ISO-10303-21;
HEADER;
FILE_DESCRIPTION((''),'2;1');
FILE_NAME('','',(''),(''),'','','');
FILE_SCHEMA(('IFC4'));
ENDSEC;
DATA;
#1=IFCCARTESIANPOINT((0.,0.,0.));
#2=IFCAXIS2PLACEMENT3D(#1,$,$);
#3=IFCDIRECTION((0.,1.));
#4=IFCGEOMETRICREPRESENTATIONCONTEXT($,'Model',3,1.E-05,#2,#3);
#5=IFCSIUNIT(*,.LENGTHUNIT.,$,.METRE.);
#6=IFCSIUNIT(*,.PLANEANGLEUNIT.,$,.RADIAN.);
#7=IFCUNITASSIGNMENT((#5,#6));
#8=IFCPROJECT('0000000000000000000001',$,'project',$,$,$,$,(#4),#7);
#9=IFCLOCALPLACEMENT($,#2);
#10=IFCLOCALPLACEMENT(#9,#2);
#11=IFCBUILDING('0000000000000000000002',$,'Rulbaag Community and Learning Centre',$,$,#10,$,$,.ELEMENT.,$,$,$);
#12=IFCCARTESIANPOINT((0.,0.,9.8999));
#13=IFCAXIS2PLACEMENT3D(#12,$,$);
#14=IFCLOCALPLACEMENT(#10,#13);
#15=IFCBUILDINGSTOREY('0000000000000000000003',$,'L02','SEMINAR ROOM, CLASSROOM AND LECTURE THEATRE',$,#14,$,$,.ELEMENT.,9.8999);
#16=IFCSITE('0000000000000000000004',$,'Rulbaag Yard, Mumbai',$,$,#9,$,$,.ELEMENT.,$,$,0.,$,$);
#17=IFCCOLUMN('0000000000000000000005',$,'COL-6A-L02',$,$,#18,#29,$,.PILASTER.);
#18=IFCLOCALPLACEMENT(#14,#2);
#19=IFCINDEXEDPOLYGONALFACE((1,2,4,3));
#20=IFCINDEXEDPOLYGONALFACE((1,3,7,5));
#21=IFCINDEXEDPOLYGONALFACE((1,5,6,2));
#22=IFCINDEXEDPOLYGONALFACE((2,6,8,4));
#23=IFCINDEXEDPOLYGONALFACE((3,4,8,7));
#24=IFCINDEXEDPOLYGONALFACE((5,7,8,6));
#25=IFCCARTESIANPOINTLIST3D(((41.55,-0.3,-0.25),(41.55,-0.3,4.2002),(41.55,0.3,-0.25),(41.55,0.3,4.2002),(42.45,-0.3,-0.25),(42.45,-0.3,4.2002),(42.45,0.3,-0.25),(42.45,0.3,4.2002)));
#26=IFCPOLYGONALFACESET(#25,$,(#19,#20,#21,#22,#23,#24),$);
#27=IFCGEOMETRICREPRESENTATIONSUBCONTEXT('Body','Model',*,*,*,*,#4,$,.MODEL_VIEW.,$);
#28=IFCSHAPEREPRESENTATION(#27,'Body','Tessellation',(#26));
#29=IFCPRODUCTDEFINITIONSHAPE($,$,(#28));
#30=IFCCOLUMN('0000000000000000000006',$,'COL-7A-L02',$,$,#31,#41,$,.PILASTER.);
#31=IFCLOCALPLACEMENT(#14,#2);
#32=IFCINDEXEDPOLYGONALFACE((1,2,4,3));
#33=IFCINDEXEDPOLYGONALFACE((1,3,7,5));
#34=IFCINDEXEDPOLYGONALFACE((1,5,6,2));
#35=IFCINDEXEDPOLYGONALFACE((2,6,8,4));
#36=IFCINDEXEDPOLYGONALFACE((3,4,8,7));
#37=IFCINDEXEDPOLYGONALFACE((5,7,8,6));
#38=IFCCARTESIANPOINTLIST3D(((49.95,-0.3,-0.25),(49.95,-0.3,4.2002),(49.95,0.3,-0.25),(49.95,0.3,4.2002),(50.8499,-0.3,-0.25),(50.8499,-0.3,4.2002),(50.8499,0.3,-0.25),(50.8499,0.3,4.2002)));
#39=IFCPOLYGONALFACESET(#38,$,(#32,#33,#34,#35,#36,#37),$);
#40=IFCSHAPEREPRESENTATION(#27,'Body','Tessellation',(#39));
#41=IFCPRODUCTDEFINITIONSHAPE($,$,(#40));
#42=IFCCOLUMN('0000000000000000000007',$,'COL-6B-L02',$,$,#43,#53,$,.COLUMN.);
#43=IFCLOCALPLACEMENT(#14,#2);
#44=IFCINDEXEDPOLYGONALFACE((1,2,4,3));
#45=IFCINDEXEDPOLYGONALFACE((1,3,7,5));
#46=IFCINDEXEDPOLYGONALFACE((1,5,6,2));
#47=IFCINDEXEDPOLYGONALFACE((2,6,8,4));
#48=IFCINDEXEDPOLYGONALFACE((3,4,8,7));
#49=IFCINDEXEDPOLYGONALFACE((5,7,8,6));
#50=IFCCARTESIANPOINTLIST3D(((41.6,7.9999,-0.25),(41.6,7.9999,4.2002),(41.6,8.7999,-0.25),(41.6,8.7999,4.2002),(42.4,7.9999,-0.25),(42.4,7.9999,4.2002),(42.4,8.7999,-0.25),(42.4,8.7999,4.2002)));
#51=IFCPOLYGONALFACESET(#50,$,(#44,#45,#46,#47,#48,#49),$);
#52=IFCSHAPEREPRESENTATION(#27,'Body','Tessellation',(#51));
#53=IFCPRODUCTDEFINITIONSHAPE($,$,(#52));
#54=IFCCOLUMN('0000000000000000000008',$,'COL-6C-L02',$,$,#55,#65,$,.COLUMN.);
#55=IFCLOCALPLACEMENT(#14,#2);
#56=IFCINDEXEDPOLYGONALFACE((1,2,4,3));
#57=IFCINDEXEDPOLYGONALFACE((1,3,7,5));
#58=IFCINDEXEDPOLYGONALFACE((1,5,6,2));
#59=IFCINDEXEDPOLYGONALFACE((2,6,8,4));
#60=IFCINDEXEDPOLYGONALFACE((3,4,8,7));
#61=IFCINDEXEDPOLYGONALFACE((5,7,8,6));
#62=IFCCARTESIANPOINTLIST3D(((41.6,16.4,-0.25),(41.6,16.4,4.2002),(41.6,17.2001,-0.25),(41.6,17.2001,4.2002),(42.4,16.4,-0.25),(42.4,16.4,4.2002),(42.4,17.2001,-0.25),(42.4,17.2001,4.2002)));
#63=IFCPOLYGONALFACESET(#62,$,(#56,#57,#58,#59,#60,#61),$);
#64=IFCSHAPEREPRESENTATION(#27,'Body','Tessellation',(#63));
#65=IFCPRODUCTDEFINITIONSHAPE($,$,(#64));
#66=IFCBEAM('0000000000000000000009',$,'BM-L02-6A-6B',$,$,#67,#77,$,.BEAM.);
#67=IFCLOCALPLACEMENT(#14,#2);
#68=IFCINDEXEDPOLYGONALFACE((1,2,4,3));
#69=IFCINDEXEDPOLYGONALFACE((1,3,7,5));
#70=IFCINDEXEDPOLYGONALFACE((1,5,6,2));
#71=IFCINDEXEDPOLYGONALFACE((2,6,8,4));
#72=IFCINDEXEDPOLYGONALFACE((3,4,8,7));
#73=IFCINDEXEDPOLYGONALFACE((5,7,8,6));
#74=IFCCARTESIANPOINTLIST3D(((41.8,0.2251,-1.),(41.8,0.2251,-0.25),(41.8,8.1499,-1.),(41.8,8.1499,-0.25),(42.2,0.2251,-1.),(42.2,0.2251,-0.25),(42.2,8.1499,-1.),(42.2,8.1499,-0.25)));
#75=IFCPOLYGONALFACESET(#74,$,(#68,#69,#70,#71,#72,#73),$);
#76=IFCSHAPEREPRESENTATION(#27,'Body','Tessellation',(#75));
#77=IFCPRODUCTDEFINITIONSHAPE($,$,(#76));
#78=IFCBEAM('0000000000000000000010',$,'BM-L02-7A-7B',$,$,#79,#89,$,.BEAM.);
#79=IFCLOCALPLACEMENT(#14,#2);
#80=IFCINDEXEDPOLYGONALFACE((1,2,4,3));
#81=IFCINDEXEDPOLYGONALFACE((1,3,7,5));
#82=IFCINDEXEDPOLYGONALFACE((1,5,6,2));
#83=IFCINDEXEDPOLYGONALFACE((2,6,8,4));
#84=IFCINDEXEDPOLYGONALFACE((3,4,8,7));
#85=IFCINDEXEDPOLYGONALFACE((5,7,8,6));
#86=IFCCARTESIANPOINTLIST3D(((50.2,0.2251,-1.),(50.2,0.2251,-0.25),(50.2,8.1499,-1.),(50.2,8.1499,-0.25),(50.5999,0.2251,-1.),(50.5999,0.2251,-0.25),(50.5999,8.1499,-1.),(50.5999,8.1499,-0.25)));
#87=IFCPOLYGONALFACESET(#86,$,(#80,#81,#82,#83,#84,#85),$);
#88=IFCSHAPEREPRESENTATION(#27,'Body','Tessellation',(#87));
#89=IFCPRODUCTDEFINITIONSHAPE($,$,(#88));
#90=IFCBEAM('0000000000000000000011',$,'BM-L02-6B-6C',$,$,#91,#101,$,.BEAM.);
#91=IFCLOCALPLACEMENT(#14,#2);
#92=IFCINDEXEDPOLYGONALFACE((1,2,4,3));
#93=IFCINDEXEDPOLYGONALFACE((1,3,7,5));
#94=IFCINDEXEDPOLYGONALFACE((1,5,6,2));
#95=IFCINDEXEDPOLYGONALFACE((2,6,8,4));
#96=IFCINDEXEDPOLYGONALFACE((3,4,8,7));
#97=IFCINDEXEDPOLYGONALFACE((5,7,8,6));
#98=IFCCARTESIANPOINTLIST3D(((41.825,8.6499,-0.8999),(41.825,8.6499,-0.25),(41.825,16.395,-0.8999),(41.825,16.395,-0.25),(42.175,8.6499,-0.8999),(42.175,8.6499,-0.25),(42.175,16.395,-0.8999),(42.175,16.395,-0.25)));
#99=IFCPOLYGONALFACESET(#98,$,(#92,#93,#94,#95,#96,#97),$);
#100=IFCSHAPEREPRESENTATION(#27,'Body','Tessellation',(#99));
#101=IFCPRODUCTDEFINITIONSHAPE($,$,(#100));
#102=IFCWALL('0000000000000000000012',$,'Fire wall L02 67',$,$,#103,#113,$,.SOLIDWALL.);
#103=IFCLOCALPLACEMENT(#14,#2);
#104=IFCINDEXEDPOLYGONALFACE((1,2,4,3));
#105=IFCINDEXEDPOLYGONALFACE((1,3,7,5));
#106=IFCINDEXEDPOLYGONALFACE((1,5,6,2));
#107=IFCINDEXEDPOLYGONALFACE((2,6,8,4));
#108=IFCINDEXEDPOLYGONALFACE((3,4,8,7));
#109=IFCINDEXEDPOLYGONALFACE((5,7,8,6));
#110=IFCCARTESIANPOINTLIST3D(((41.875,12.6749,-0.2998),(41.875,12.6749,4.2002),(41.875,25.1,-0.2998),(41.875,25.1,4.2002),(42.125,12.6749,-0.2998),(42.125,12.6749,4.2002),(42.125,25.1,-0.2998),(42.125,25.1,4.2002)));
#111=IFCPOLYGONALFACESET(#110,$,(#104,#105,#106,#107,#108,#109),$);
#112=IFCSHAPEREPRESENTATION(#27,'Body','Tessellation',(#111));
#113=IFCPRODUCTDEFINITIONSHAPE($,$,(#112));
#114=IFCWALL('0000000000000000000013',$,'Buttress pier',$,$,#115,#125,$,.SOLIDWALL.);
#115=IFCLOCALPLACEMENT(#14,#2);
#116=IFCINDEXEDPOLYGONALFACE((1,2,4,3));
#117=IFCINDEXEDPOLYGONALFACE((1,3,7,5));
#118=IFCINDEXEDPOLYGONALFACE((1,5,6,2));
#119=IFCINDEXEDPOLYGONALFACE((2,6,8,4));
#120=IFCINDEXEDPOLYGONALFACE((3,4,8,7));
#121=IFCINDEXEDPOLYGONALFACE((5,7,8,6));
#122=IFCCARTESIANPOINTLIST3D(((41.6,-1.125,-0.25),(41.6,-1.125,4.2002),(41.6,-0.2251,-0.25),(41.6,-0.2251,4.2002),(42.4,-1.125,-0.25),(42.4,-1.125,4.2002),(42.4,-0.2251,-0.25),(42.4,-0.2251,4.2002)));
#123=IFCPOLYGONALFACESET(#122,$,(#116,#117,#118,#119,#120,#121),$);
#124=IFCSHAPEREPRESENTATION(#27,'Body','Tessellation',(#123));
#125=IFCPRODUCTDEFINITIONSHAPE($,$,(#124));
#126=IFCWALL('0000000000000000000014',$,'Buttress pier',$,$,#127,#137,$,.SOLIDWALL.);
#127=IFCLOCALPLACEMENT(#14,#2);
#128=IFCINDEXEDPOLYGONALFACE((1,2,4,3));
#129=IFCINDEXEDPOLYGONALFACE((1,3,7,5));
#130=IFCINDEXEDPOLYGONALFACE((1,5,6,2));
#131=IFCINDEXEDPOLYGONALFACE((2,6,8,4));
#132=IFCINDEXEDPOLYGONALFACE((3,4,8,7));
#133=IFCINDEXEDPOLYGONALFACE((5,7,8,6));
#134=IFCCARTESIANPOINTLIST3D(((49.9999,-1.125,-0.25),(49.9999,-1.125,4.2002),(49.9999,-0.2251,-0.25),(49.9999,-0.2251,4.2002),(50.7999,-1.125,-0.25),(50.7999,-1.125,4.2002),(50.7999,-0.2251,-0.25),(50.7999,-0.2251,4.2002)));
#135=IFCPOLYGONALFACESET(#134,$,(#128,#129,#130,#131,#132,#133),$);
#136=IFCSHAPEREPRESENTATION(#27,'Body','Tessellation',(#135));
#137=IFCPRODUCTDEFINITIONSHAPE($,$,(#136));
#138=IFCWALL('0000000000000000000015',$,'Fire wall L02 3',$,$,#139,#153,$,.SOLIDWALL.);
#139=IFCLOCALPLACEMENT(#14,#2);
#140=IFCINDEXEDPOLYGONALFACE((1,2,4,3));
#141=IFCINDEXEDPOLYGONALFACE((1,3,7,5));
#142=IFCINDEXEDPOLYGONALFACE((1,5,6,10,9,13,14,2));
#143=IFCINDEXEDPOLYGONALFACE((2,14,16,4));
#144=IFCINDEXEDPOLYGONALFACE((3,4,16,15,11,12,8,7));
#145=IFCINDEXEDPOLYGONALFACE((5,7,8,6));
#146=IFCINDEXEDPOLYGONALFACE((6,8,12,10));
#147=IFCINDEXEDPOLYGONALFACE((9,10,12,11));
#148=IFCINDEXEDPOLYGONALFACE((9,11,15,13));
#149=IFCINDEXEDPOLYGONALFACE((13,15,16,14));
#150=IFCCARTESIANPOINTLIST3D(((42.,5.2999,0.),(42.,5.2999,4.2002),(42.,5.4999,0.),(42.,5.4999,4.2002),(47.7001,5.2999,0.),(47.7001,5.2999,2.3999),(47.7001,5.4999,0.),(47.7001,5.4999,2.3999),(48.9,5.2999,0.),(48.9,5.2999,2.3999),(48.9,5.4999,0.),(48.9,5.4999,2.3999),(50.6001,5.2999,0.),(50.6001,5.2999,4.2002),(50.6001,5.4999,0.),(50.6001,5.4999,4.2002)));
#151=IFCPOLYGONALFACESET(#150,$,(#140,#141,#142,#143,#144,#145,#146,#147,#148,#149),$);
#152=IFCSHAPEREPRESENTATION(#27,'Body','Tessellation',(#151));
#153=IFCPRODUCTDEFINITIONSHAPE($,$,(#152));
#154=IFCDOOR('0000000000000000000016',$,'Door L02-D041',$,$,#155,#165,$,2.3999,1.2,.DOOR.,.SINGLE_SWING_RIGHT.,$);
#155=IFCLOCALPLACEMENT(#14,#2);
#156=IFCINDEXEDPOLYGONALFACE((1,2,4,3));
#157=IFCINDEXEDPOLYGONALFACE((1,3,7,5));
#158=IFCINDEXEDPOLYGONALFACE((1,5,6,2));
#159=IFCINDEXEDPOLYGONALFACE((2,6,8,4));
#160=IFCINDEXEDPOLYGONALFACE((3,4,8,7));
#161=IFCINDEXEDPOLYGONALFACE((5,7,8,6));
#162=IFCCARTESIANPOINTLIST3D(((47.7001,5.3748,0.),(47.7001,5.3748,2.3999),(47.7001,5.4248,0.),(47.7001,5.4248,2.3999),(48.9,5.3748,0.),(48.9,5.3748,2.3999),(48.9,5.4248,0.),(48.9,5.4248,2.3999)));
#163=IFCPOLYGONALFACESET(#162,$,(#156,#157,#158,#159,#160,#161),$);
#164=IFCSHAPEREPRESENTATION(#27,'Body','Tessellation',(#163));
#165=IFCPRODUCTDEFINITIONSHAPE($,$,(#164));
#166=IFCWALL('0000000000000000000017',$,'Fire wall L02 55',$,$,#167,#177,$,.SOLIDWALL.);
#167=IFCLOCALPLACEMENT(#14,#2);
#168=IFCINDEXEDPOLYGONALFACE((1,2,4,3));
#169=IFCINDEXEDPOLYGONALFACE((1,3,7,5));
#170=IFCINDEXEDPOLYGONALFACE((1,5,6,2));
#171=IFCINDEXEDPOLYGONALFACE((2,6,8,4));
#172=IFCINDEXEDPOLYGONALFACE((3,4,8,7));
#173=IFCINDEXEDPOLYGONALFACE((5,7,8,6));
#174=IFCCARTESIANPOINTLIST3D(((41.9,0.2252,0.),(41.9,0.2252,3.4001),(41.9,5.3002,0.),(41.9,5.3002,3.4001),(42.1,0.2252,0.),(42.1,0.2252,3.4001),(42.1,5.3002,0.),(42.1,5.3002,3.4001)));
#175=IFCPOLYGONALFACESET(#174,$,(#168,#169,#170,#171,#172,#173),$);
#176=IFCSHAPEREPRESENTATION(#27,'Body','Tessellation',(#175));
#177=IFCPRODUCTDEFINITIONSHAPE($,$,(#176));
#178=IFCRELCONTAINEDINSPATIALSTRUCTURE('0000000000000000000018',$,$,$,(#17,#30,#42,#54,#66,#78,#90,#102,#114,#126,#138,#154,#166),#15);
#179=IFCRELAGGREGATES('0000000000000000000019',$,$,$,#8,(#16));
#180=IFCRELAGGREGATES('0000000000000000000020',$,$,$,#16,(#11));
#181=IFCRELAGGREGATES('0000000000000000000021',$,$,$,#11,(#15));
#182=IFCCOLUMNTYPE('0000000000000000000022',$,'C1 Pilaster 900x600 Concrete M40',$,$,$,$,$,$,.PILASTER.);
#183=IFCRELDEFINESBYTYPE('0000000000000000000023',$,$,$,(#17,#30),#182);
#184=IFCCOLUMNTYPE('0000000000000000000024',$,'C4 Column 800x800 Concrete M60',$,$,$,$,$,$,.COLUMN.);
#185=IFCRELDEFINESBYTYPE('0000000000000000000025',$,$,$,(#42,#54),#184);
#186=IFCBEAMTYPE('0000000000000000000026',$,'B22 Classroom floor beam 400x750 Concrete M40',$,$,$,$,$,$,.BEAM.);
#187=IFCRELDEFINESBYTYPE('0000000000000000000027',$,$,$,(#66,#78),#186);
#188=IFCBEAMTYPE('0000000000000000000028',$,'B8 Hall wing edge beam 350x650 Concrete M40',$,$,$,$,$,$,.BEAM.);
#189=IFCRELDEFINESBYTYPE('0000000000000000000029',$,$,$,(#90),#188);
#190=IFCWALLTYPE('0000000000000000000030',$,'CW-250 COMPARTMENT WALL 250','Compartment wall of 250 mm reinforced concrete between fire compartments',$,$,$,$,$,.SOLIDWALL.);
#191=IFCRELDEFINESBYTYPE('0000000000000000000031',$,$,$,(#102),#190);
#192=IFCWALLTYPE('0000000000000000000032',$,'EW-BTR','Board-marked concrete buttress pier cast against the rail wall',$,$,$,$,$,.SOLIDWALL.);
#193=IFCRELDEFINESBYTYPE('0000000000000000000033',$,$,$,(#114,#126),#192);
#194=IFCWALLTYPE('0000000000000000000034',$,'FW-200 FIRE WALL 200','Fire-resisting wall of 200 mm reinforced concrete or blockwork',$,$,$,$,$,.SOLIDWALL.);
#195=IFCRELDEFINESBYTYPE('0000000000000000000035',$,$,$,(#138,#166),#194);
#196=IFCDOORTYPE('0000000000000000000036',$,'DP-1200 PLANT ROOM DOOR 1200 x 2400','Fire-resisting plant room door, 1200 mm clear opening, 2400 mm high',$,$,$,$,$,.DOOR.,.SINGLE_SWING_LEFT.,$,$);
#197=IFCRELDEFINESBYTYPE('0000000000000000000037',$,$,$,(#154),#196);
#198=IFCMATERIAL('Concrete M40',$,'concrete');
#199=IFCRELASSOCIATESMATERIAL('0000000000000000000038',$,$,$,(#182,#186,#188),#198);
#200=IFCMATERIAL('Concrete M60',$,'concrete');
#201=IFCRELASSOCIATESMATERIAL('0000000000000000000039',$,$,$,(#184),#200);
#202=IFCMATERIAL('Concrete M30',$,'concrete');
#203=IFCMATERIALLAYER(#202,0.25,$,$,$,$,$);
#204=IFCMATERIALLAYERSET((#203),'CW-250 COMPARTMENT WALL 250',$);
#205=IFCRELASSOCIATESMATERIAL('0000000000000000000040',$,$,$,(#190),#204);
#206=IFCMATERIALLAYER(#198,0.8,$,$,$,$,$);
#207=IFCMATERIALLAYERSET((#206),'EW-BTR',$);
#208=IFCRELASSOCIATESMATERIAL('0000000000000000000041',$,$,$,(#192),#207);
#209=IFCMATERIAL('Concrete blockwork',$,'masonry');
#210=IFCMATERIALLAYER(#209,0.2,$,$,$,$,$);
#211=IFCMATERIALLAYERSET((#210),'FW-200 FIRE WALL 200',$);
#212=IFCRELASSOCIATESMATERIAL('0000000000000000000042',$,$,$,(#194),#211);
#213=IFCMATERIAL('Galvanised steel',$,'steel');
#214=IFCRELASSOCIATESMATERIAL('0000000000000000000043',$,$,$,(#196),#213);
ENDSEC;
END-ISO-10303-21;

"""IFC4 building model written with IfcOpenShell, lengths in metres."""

from ifc_helpers import new_model, si_unit, direction, frame, frame_2d, origin, origin_2d, place, context, subcontext, project, spatial, rectangle, extrude, material, layer, layer_set, material_profile, profile_set, type_object, element, fill, save


model = new_model("IFC4")

# Units and contexts
model_context = context("Model", 3, precision=1e-05, world=origin(), true_north=direction((0.0, 1.0)))
body_context = subcontext(model_context, "Body", "Model", "MODEL_VIEW")
ifc_project = project(units=[si_unit("LENGTHUNIT", "METRE"), si_unit("PLANEANGLEUNIT", "RADIAN")], contexts=[model_context])

# Site, building, storey
site_placement = place(None, origin())
site = spatial("IfcSite", under=ifc_project, at=site_placement, Name="Rulbaag Yard, Mumbai", CompositionType="ELEMENT", RefElevation=0.0)
building_placement = place(site_placement, origin())
building = spatial("IfcBuilding", under=site, at=building_placement, Name="Rulbaag Community and Learning Centre", CompositionType="ELEMENT")
storey_placement = place(building_placement, frame((0.0, 0.0, 9.8999)))
storey = spatial("IfcBuildingStorey", under=building, at=storey_placement, Name="L02", Description="SEMINAR ROOM, CLASSROOM AND LECTURE THEATRE", CompositionType="ELEMENT", Elevation=9.8999)

# Columns
ifc_material_1 = material(Name="Concrete M40", Category="concrete")
ifc_material_profile_1 = material_profile(ifc_material_1, rectangle(XDim=0.8999, YDim=0.6001, at=origin_2d()), Name="RC900x600")
ifc_profile_set_1 = profile_set([ifc_material_profile_1], Name="Concrete M40")
column_type_1 = type_object("IfcColumnType", Name="C1 Pilaster 900x600 Concrete M40", PredefinedType="PILASTER", material=ifc_profile_set_1)
for number, where, z_axis, x_axis, name in (
    (1, (42.0, 0.0, -0.25), (0.0, 0.0, 1.0), (1.0, 0.0, 0.0), "COL-6A-L02"),
    (2, (50.3999, 0.0, -0.25), (0.0, 0.0, 1.0), (1.0, 0.0, 0.0), "COL-7A-L02"),
):
    element("IfcColumn", number, at=place(storey_placement, frame(where, z_axis=z_axis, x_axis=x_axis)), inside=storey, type_object=column_type_1, Name=name, PredefinedType="PILASTER", context=body_context, shape_type="SweptSolid", body=[
        extrude(rectangle(XDim=0.8999, YDim=0.6001, at=origin_2d()), origin(), (0.0, 0.0, 1.0), 4.4502),
    ])
ifc_material_2 = material(Name="Concrete M60", Category="concrete")
ifc_material_profile_2 = material_profile(ifc_material_2, rectangle(XDim=0.8, YDim=0.8, at=origin_2d()), Name="RC800x800")
ifc_profile_set_2 = profile_set([ifc_material_profile_2], Name="Concrete M60")
column_type_2 = type_object("IfcColumnType", Name="C4 Column 800x800 Concrete M60", PredefinedType="COLUMN", material=ifc_profile_set_2)
for number, where, z_axis, x_axis, name in (
    (3, (42.0, 8.3999, -0.25), (0.0, 0.0, 1.0), (1.0, 0.0, 0.0), "COL-6B-L02"),
    (4, (42.0, 16.8, -0.25), (0.0, 0.0, 1.0), (1.0, 0.0, 0.0), "COL-6C-L02"),
):
    element("IfcColumn", number, at=place(storey_placement, frame(where, z_axis=z_axis, x_axis=x_axis)), inside=storey, type_object=column_type_2, Name=name, PredefinedType="COLUMN", context=body_context, shape_type="SweptSolid", body=[
        extrude(rectangle(XDim=0.8, YDim=0.8, at=origin_2d()), origin(), (0.0, 0.0, 1.0), 4.4502),
    ])

# Beams
ifc_material_profile_3 = material_profile(ifc_material_1, rectangle(XDim=0.3999, YDim=0.75, at=origin_2d()), Name="RB400x750")
ifc_profile_set_3 = profile_set([ifc_material_profile_3], Name="Concrete M40")
beam_type_1 = type_object("IfcBeamType", Name="B22 Classroom floor beam 400x750 Concrete M40", PredefinedType="BEAM", material=ifc_profile_set_3)
for number, where, z_axis, x_axis, name in (
    (5, (42.0, 0.2251, -0.625), (0.0, 1.0, 0.0), (-1.0, 0.0, 0.0), "BM-L02-6A-6B"),
    (6, (50.3999, 0.2251, -0.625), (0.0, 1.0, 0.0), (-1.0, 0.0, 0.0), "BM-L02-7A-7B"),
):
    element("IfcBeam", number, at=place(storey_placement, frame(where, z_axis=z_axis, x_axis=x_axis)), inside=storey, type_object=beam_type_1, Name=name, PredefinedType="BEAM", context=body_context, shape_type="SweptSolid", body=[
        extrude(rectangle(XDim=0.3999, YDim=0.75, at=origin_2d()), origin(), (0.0, 0.0, 1.0), 7.9248),
    ])
ifc_material_profile_4 = material_profile(ifc_material_1, rectangle(XDim=0.3501, YDim=0.6499, at=origin_2d()), Name="RB350x650")
ifc_profile_set_4 = profile_set([ifc_material_profile_4], Name="Concrete M40")
beam_type_2 = type_object("IfcBeamType", Name="B8 Hall wing edge beam 350x650 Concrete M40", PredefinedType="BEAM", material=ifc_profile_set_4)
beam_placement = place(storey_placement, frame((42.0, 8.6499, -0.575), z_axis=(0.0, 1.0, 0.0), x_axis=(-1.0, 0.0, 0.0)))
element("IfcBeam", 7, at=beam_placement, inside=storey, type_object=beam_type_2, Name="BM-L02-6B-6C", PredefinedType="BEAM", context=body_context, shape_type="SweptSolid", body=[
    extrude(rectangle(XDim=0.3501, YDim=0.6499, at=origin_2d()), origin(), (0.0, 0.0, 1.0), 7.7451),
])

# Walls
ifc_material_3 = material(Name="Concrete M30", Category="concrete")
ifc_layer_1 = layer(ifc_material_3, 0.25)
ifc_layer_set_1 = layer_set([ifc_layer_1], Name="CW-250 COMPARTMENT WALL 250")
wall_type_1 = type_object("IfcWallType", Name="CW-250 COMPARTMENT WALL 250", Description="Compartment wall of 250 mm reinforced concrete between fire compartments", PredefinedType="SOLIDWALL", material=ifc_layer_set_1)
wall_1_placement = place(storey_placement, frame((42.0, 12.675, -0.2998), z_axis=(0.0, 0.0, 1.0), x_axis=(0.0, 1.0, 0.0)))
element("IfcWall", 8, at=wall_1_placement, inside=storey, type_object=wall_type_1, Name="Fire wall L02 67", PredefinedType="SOLIDWALL", context=body_context, shape_type="SweptSolid", body=[
    extrude(rectangle(XDim=12.425, YDim=0.25, at=frame_2d((6.2124, 0.0))), origin(), (0.0, 0.0, 1.0), 4.5),
])
ifc_layer_2 = layer(ifc_material_1, 0.8)
ifc_layer_set_2 = layer_set([ifc_layer_2], Name="EW-BTR")
wall_type_2 = type_object("IfcWallType", Name="EW-BTR", Description="Board-marked concrete buttress pier cast against the rail wall", PredefinedType="SOLIDWALL", material=ifc_layer_set_2)
for number, where, z_axis, x_axis, name in (
    (9, (42.0, -0.2251, -0.25), (0.0, 0.0, 1.0), (0.0, -1.0, 0.0), "Buttress pier"),
    (10, (50.3999, -0.2251, -0.25), (0.0, 0.0, 1.0), (0.0, -1.0, 0.0), "Buttress pier"),
):
    element("IfcWall", number, at=place(storey_placement, frame(where, z_axis=z_axis, x_axis=x_axis)), inside=storey, type_object=wall_type_2, Name=name, PredefinedType="SOLIDWALL", context=body_context, shape_type="SweptSolid", body=[
        extrude(rectangle(XDim=0.8999, YDim=0.8, at=frame_2d((0.45, 0.0))), origin(), (0.0, 0.0, 1.0), 4.4502),
    ])

# Wall, opening, door
ifc_material_4 = material(Name="Concrete blockwork", Category="masonry")
ifc_layer_3 = layer(ifc_material_4, 0.2)
ifc_layer_set_3 = layer_set([ifc_layer_3], Name="FW-200 FIRE WALL 200")
wall_type_3 = type_object("IfcWallType", Name="FW-200 FIRE WALL 200", Description="Fire-resisting wall of 200 mm reinforced concrete or blockwork", PredefinedType="SOLIDWALL", material=ifc_layer_set_3)
wall_2_placement = place(storey_placement, frame((42.0, 5.3999, 0.0), z_axis=(0.0, 0.0, 1.0), x_axis=(1.0, 0.0, 0.0)))
wall_2 = element("IfcWall", 11, at=wall_2_placement, inside=storey, type_object=wall_type_3, Name="Fire wall L02 3", PredefinedType="SOLIDWALL", context=body_context, shape_type="SweptSolid", body=[
    extrude(rectangle(XDim=8.6001, YDim=0.2, at=frame_2d((4.3, 0.0))), origin(), (0.0, 0.0, 1.0), 4.2002),
])
opening_placement = place(wall_2_placement, frame((5.7, 0.0, 0.0)))
opening = element("IfcOpeningElement", 12, at=opening_placement, cuts=wall_2, PredefinedType="OPENING", context=body_context, shape_type="SweptSolid", body=[
    extrude(rectangle(XDim=1.2, YDim=2.3999, at=frame_2d((0.6001, 1.2))), frame((0.0, 0.1099, 0.0), z_axis=(0.0, -1.0, 0.0), x_axis=(1.0, 0.0, 0.0)), (0.0, 0.0, 1.0), 0.22),
])
ifc_material_5 = material(Name="Galvanised steel", Category="steel")
door_type = type_object("IfcDoorType", Name="DP-1200 PLANT ROOM DOOR 1200 x 2400", Description="Fire-resisting plant room door, 1200 mm clear opening, 2400 mm high", OperationType="SINGLE_SWING_LEFT", PredefinedType="DOOR", material=ifc_material_5)
door_placement = place(opening_placement, origin())
door = element("IfcDoor", 13, at=door_placement, inside=storey, type_object=door_type, Name="Door L02-D041", OperationType="SINGLE_SWING_RIGHT", OverallHeight=2.3999, OverallWidth=1.2, PredefinedType="DOOR", context=body_context, shape_type="SweptSolid", body=[
    extrude(rectangle(XDim=1.2, YDim=2.3999, at=frame_2d((0.6001, 1.2))), frame((0.0, 0.0249, 0.0), z_axis=(0.0, -1.0, 0.0), x_axis=(1.0, 0.0, 0.0)), (0.0, 0.0, 1.0), 0.05),
])
fill(opening, door)

# Wall
wall_3_placement = place(storey_placement, frame((42.0, 0.2251, 0.0), z_axis=(0.0, 0.0, 1.0), x_axis=(0.0, 1.0, 0.0)))
element("IfcWall", 14, at=wall_3_placement, inside=storey, type_object=wall_type_3, Name="Fire wall L02 55", PredefinedType="SOLIDWALL", context=body_context, shape_type="SweptSolid", body=[
    extrude(rectangle(XDim=5.075, YDim=0.2, at=frame_2d((2.5376, 0.0))), origin(), (0.0, 0.0, 1.0), 3.4001),
])

save(model, "model.ifc")
